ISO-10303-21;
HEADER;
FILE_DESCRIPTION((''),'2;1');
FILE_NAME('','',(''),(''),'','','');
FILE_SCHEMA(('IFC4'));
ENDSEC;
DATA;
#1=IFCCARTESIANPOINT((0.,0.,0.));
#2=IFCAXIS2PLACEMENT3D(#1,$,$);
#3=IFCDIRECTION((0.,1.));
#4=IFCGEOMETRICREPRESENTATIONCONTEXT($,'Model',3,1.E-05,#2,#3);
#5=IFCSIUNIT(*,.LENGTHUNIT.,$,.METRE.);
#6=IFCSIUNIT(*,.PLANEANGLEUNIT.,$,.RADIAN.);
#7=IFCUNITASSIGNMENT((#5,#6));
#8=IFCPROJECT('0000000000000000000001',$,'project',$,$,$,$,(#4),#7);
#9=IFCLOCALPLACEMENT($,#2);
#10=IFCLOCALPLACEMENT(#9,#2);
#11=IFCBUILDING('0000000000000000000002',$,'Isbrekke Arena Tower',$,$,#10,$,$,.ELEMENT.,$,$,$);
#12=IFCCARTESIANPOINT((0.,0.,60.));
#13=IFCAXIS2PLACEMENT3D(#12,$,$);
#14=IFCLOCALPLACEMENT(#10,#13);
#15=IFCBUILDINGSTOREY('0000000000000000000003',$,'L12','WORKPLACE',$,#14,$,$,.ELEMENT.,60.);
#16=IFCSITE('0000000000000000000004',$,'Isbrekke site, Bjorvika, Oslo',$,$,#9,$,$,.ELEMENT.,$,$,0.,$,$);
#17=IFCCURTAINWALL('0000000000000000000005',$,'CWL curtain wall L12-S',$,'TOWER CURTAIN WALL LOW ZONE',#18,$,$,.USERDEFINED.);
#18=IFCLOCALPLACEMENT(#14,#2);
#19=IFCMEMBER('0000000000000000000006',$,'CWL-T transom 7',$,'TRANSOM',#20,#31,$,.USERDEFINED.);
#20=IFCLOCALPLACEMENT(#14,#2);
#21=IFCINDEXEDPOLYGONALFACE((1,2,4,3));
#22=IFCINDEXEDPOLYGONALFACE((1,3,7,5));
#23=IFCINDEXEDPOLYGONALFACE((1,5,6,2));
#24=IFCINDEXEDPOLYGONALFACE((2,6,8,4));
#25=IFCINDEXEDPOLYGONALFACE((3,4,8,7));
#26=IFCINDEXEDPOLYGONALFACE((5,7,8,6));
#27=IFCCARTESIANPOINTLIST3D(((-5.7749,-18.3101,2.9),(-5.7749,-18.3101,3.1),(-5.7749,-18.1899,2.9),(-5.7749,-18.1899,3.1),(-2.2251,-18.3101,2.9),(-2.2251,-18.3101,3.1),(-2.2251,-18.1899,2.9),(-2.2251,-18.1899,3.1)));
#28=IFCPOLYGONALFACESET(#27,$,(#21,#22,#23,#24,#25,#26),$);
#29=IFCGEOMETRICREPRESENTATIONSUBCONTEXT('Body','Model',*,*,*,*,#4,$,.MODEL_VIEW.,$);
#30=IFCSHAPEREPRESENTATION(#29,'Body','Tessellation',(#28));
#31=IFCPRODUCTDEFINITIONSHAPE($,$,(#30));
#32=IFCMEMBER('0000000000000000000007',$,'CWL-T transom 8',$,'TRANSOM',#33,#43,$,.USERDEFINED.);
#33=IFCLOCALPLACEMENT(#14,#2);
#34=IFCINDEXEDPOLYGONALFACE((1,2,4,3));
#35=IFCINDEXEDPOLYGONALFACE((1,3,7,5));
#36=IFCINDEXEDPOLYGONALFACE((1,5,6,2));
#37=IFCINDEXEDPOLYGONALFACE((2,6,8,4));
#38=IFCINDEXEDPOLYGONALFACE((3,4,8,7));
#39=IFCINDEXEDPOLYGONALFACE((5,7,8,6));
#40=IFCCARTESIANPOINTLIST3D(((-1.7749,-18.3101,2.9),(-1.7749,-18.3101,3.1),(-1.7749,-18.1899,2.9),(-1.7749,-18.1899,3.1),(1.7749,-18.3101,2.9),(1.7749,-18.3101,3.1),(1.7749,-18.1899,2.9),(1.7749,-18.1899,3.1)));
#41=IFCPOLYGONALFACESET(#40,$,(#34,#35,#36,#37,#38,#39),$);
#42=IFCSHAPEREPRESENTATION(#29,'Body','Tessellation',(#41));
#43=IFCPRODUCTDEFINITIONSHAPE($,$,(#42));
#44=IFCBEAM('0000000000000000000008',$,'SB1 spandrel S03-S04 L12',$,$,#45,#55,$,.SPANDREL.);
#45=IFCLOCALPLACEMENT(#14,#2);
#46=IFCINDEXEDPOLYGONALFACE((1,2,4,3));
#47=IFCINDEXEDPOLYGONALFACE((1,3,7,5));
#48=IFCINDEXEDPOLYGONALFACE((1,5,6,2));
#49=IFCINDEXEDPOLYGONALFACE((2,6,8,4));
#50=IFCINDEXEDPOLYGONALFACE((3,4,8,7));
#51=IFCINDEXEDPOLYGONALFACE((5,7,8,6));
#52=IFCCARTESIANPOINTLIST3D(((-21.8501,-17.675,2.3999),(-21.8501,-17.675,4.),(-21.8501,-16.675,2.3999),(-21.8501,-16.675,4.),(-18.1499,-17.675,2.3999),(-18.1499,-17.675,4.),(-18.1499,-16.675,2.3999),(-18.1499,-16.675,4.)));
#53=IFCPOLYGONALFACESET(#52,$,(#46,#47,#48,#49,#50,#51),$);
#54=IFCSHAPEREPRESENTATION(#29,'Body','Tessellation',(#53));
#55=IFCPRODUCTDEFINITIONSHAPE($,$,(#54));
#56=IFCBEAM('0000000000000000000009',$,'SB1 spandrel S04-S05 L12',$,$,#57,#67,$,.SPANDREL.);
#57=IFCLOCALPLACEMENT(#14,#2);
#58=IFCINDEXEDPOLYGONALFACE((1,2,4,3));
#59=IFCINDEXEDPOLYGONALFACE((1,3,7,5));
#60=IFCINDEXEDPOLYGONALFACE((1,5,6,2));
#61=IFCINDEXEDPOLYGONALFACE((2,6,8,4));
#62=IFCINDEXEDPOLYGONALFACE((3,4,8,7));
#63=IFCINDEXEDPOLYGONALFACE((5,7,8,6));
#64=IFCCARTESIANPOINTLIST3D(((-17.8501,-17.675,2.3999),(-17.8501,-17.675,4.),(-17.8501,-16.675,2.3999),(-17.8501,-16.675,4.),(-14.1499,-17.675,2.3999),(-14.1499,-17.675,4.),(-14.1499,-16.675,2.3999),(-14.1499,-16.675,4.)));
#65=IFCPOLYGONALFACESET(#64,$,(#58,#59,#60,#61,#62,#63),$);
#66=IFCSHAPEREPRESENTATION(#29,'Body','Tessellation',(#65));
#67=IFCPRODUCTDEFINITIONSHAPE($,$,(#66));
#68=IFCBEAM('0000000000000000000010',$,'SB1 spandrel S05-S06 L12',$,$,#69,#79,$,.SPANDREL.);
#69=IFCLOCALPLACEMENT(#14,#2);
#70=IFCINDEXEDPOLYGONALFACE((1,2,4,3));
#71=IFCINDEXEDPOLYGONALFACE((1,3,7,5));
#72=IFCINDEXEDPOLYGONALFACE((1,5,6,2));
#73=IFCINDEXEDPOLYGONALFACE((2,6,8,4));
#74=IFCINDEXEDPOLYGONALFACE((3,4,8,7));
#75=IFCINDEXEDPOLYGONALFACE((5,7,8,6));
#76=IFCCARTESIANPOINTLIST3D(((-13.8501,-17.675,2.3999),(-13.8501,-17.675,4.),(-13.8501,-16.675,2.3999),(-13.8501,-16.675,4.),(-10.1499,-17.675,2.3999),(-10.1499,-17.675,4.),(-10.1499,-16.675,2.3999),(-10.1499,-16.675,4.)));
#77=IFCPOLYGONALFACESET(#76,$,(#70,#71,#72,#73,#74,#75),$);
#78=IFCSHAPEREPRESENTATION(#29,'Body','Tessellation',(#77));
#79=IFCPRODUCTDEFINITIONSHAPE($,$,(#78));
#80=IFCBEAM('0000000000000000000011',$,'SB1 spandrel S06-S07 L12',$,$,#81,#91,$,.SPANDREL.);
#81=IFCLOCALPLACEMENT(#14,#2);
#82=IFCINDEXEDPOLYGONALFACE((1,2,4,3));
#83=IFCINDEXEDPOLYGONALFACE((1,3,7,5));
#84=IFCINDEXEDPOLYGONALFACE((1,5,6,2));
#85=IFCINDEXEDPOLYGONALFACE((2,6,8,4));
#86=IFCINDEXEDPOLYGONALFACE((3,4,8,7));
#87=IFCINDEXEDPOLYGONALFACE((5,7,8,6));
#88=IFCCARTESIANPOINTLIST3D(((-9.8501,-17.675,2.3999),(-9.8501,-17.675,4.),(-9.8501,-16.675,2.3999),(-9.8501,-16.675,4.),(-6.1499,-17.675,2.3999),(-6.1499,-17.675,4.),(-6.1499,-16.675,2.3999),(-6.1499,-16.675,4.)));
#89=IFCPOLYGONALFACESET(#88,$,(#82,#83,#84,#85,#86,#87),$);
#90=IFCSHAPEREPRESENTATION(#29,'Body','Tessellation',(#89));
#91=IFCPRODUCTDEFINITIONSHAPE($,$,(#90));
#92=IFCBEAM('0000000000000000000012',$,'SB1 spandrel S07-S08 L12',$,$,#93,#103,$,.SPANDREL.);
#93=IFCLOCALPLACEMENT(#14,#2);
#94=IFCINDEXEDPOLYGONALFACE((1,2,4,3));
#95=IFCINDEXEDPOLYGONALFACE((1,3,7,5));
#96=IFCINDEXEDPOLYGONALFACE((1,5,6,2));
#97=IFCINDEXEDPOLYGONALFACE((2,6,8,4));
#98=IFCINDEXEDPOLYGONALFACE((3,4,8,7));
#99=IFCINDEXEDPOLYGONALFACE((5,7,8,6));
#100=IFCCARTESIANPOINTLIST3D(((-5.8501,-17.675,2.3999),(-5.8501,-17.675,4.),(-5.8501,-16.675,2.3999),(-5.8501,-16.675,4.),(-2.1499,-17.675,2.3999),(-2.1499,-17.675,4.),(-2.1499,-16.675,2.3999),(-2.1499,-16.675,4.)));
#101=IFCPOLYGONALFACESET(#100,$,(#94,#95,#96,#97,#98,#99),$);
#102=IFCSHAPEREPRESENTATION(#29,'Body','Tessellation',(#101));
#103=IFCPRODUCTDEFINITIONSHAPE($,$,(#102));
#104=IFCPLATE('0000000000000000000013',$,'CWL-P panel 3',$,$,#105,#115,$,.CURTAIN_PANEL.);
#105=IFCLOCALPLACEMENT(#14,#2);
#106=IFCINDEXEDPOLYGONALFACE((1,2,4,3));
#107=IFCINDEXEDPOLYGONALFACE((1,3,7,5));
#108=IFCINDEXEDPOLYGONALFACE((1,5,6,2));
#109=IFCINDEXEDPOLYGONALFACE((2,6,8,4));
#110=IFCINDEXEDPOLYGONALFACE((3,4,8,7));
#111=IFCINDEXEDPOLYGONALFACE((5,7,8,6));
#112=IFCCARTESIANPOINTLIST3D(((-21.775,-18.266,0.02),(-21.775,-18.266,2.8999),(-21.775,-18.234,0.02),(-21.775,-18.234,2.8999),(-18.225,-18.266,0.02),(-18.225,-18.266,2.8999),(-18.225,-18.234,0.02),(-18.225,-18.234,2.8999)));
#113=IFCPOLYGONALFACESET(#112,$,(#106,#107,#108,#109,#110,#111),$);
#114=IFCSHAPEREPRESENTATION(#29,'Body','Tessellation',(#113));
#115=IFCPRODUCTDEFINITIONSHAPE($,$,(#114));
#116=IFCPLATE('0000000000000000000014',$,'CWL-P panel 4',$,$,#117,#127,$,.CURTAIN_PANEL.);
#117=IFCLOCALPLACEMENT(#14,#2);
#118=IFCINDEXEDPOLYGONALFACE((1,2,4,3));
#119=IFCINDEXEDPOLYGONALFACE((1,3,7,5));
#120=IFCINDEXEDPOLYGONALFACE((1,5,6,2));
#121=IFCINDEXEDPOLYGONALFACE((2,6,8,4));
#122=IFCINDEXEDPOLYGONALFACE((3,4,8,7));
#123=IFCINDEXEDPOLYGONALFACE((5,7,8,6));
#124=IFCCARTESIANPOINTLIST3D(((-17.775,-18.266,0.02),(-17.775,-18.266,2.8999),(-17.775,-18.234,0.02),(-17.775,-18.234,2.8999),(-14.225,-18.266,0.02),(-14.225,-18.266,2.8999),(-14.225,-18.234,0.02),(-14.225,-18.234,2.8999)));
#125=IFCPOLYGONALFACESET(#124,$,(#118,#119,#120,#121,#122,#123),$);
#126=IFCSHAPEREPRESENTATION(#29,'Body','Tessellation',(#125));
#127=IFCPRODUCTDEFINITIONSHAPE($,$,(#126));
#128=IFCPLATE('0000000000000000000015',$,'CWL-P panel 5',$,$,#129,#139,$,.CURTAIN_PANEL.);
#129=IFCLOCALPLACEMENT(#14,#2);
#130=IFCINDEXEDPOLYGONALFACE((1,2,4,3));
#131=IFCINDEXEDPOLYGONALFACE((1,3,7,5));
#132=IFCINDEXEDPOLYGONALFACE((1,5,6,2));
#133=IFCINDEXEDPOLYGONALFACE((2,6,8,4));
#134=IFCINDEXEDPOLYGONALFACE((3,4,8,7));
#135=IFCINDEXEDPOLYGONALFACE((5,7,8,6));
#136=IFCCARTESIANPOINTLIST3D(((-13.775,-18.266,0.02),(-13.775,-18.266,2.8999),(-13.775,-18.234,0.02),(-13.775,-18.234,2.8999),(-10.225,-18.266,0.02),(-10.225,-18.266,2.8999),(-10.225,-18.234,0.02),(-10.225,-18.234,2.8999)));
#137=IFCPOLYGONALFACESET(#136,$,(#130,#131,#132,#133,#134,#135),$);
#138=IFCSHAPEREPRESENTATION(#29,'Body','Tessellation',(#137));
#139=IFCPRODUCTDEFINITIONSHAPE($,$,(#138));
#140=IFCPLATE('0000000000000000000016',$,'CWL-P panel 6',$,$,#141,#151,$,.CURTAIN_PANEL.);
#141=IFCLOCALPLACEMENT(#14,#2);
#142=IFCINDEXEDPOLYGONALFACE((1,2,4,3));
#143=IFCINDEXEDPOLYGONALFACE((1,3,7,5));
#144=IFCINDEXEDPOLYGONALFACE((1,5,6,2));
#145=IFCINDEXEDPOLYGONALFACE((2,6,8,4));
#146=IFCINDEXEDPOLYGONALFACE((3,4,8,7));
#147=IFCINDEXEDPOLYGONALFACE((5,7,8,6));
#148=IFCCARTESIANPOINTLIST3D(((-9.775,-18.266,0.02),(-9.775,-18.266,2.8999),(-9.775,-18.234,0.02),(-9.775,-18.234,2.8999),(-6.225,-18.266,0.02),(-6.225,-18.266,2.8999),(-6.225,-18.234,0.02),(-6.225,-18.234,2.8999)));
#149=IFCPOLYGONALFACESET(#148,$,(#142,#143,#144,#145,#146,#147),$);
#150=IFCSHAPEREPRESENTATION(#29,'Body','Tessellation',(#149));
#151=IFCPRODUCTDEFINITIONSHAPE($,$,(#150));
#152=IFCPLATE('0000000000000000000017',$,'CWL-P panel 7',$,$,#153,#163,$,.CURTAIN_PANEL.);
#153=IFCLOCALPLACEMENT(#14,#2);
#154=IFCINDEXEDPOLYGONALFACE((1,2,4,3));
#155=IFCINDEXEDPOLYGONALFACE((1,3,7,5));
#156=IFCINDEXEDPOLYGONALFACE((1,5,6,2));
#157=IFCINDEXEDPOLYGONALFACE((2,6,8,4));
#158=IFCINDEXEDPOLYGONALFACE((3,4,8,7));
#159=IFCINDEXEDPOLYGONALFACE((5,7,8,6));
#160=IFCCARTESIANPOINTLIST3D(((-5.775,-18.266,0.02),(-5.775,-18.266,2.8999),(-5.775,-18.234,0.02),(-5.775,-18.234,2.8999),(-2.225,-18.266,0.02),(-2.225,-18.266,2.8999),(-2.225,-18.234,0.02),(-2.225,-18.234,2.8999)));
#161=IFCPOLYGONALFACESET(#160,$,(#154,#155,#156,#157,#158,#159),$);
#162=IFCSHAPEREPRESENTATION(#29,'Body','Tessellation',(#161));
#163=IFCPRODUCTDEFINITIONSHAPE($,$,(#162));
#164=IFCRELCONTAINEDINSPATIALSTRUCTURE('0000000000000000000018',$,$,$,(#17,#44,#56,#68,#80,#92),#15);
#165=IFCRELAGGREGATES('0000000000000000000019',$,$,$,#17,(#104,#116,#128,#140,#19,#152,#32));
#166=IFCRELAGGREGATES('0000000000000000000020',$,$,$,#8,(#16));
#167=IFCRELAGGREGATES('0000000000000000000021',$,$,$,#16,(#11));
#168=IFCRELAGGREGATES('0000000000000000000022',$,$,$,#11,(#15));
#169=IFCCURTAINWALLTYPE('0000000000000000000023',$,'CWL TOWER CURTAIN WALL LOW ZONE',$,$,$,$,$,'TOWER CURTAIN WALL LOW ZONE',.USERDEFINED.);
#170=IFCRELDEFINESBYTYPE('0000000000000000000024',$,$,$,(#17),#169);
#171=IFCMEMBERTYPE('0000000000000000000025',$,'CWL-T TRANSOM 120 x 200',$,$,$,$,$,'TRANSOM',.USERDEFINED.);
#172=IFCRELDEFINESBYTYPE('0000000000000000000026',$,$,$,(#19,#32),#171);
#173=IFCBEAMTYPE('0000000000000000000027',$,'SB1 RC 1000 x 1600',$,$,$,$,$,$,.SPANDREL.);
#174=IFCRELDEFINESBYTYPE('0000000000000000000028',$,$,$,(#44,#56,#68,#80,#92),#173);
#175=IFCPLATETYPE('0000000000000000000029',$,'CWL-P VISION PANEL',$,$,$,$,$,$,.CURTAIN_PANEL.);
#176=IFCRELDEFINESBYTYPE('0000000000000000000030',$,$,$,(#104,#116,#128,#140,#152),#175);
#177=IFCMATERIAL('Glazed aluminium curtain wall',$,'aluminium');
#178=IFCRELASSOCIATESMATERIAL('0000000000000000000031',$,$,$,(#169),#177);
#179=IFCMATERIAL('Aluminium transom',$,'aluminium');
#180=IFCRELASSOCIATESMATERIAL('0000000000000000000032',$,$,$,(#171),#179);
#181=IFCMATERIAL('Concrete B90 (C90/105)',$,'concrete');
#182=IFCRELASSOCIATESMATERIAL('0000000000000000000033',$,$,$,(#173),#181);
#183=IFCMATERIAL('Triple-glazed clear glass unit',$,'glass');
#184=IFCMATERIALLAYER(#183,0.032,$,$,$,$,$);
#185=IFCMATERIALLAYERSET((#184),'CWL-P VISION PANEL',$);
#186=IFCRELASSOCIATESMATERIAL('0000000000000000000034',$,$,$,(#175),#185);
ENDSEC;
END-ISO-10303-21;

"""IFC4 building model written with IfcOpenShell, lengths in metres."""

from ifc_helpers import new_model, si_unit, direction, frame, origin, origin_2d, place, context, subcontext, project, spatial, rectangle, extrude, material, layer, layer_set, material_profile, profile_set, type_object, element, aggregate, save


model = new_model("IFC4")

# Units and contexts
model_context = context("Model", 3, precision=1e-05, world=origin(), true_north=direction((0.0, 1.0)))
body_context = subcontext(model_context, "Body", "Model", "MODEL_VIEW")
ifc_project = project(units=[si_unit("LENGTHUNIT", "METRE"), si_unit("PLANEANGLEUNIT", "RADIAN")], contexts=[model_context])

# Site, building, storey
site_placement = place(None, origin())
site = spatial("IfcSite", under=ifc_project, at=site_placement, Name="Isbrekke site, Bjorvika, Oslo", CompositionType="ELEMENT", RefElevation=0.0)
building_placement = place(site_placement, origin())
building = spatial("IfcBuilding", under=site, at=building_placement, Name="Isbrekke Arena Tower", CompositionType="ELEMENT")
storey_placement = place(building_placement, frame((0.0, 0.0, 60.0)))
storey = spatial("IfcBuildingStorey", under=building, at=storey_placement, Name="L12", Description="WORKPLACE", CompositionType="ELEMENT", Elevation=60.0)

# Curtain wall, members
ifc_material_1 = material(Name="Glazed aluminium curtain wall", Category="aluminium")
curtain_wall_type = type_object("IfcCurtainWallType", Name="CWL TOWER CURTAIN WALL LOW ZONE", ElementType="TOWER CURTAIN WALL LOW ZONE", PredefinedType="USERDEFINED", material=ifc_material_1)
curtain_wall_placement = place(storey_placement, origin())
curtain_wall = element("IfcCurtainWall", 1, at=curtain_wall_placement, inside=storey, type_object=curtain_wall_type, Name="CWL curtain wall L12-S", ObjectType="TOWER CURTAIN WALL LOW ZONE", PredefinedType="USERDEFINED")
ifc_material_2 = material(Name="Aluminium transom", Category="aluminium")
ifc_material_profile_1 = material_profile(ifc_material_2, rectangle(XDim=0.1201, YDim=0.2, at=origin_2d()), Name="TRANSOM 120X200")
ifc_profile_set_1 = profile_set([ifc_material_profile_1], Name="Aluminium transom")
member_type_1 = type_object("IfcMemberType", Name="CWL-T TRANSOM 120 x 200", ElementType="TRANSOM", PredefinedType="USERDEFINED", material=ifc_profile_set_1)
member_1_placement = place(storey_placement, frame((-5.7749, -18.25, 3.0), z_axis=(1.0, 0.0, 0.0), x_axis=(0.0, 1.0, 0.0)))
member_1 = element("IfcMember", 2, at=member_1_placement, type_object=member_type_1, Name="CWL-T transom 7", ObjectType="TRANSOM", PredefinedType="USERDEFINED", context=body_context, shape_type="SweptSolid", body=[
    extrude(rectangle(XDim=0.1201, YDim=0.2, at=origin_2d()), origin(), (0.0, 0.0, 1.0), 3.5498),
])
member_2_placement = place(storey_placement, frame((-1.7749, -18.25, 3.0), z_axis=(1.0, 0.0, 0.0), x_axis=(0.0, 1.0, 0.0)))
member_2 = element("IfcMember", 3, at=member_2_placement, type_object=member_type_1, Name="CWL-T transom 8", ObjectType="TRANSOM", PredefinedType="USERDEFINED", context=body_context, shape_type="SweptSolid", body=[
    extrude(rectangle(XDim=0.1201, YDim=0.2, at=origin_2d()), origin(), (0.0, 0.0, 1.0), 3.5498),
])

# Beams
ifc_material_3 = material(Name="Concrete B90 (C90/105)", Category="concrete")
ifc_material_profile_2 = material_profile(ifc_material_3, rectangle(XDim=1.0, YDim=1.6001, at=origin_2d()), Name="RC 1000x1600")
ifc_profile_set_2 = profile_set([ifc_material_profile_2], Name="Concrete B90 (C90/105)")
beam_type = type_object("IfcBeamType", Name="SB1 RC 1000 x 1600", PredefinedType="SPANDREL", material=ifc_profile_set_2)
for number, where, z_axis, x_axis, name in (
    (4, (-21.8501, -17.175, 3.2), (1.0, 0.0, 0.0), (0.0, 1.0, 0.0), "SB1 spandrel S03-S04 L12"),
    (5, (-17.8501, -17.175, 3.2), (1.0, 0.0, 0.0), (0.0, 1.0, 0.0), "SB1 spandrel S04-S05 L12"),
    (6, (-13.8501, -17.175, 3.2), (1.0, 0.0, 0.0), (0.0, 1.0, 0.0), "SB1 spandrel S05-S06 L12"),
    (7, (-9.8501, -17.175, 3.2), (1.0, 0.0, 0.0), (0.0, 1.0, 0.0), "SB1 spandrel S06-S07 L12"),
    (8, (-5.8501, -17.175, 3.2), (1.0, 0.0, 0.0), (0.0, 1.0, 0.0), "SB1 spandrel S07-S08 L12"),
):
    element("IfcBeam", number, at=place(storey_placement, frame(where, z_axis=z_axis, x_axis=x_axis)), inside=storey, type_object=beam_type, Name=name, PredefinedType="SPANDREL", context=body_context, shape_type="SweptSolid", body=[
        extrude(rectangle(XDim=1.0, YDim=1.6001, at=origin_2d()), origin(), (0.0, 0.0, 1.0), 3.7002),
    ])

# Plates
ifc_material_4 = material(Name="Triple-glazed clear glass unit", Category="glass")
ifc_layer = layer(ifc_material_4, 0.032)
ifc_layer_set = layer_set([ifc_layer], Name="CWL-P VISION PANEL")
plate_type = type_object("IfcPlateType", Name="CWL-P VISION PANEL", PredefinedType="CURTAIN_PANEL", material=ifc_layer_set)
plate_1_placement = place(storey_placement, frame((-20.0, -18.25, 0.02), z_axis=(0.0, 0.0, 1.0), x_axis=(1.0, 0.0, 0.0)))
plate_1 = element("IfcPlate", 9, at=plate_1_placement, type_object=plate_type, Name="CWL-P panel 3", PredefinedType="CURTAIN_PANEL", context=body_context, shape_type="SweptSolid", body=[
    extrude(rectangle(XDim=3.55, YDim=0.032, at=origin_2d()), origin(), (0.0, 0.0, 1.0), 2.8799),
])
plate_2_placement = place(storey_placement, frame((-16.0, -18.25, 0.02), z_axis=(0.0, 0.0, 1.0), x_axis=(1.0, 0.0, 0.0)))
plate_2 = element("IfcPlate", 10, at=plate_2_placement, type_object=plate_type, Name="CWL-P panel 4", PredefinedType="CURTAIN_PANEL", context=body_context, shape_type="SweptSolid", body=[
    extrude(rectangle(XDim=3.55, YDim=0.032, at=origin_2d()), origin(), (0.0, 0.0, 1.0), 2.8799),
])
plate_3_placement = place(storey_placement, frame((-12.0, -18.25, 0.02), z_axis=(0.0, 0.0, 1.0), x_axis=(1.0, 0.0, 0.0)))
plate_3 = element("IfcPlate", 11, at=plate_3_placement, type_object=plate_type, Name="CWL-P panel 5", PredefinedType="CURTAIN_PANEL", context=body_context, shape_type="SweptSolid", body=[
    extrude(rectangle(XDim=3.55, YDim=0.032, at=origin_2d()), origin(), (0.0, 0.0, 1.0), 2.8799),
])
plate_4_placement = place(storey_placement, frame((-8.0, -18.25, 0.02), z_axis=(0.0, 0.0, 1.0), x_axis=(1.0, 0.0, 0.0)))
plate_4 = element("IfcPlate", 12, at=plate_4_placement, type_object=plate_type, Name="CWL-P panel 6", PredefinedType="CURTAIN_PANEL", context=body_context, shape_type="SweptSolid", body=[
    extrude(rectangle(XDim=3.55, YDim=0.032, at=origin_2d()), origin(), (0.0, 0.0, 1.0), 2.8799),
])
plate_5_placement = place(storey_placement, frame((-4.0, -18.25, 0.02), z_axis=(0.0, 0.0, 1.0), x_axis=(1.0, 0.0, 0.0)))
plate_5 = element("IfcPlate", 13, at=plate_5_placement, type_object=plate_type, Name="CWL-P panel 7", PredefinedType="CURTAIN_PANEL", context=body_context, shape_type="SweptSolid", body=[
    extrude(rectangle(XDim=3.55, YDim=0.032, at=origin_2d()), origin(), (0.0, 0.0, 1.0), 2.8799),
])
aggregate(curtain_wall, [plate_1, plate_2, plate_3, plate_4, member_1, plate_5, member_2])

save(model, "model.ifc")
